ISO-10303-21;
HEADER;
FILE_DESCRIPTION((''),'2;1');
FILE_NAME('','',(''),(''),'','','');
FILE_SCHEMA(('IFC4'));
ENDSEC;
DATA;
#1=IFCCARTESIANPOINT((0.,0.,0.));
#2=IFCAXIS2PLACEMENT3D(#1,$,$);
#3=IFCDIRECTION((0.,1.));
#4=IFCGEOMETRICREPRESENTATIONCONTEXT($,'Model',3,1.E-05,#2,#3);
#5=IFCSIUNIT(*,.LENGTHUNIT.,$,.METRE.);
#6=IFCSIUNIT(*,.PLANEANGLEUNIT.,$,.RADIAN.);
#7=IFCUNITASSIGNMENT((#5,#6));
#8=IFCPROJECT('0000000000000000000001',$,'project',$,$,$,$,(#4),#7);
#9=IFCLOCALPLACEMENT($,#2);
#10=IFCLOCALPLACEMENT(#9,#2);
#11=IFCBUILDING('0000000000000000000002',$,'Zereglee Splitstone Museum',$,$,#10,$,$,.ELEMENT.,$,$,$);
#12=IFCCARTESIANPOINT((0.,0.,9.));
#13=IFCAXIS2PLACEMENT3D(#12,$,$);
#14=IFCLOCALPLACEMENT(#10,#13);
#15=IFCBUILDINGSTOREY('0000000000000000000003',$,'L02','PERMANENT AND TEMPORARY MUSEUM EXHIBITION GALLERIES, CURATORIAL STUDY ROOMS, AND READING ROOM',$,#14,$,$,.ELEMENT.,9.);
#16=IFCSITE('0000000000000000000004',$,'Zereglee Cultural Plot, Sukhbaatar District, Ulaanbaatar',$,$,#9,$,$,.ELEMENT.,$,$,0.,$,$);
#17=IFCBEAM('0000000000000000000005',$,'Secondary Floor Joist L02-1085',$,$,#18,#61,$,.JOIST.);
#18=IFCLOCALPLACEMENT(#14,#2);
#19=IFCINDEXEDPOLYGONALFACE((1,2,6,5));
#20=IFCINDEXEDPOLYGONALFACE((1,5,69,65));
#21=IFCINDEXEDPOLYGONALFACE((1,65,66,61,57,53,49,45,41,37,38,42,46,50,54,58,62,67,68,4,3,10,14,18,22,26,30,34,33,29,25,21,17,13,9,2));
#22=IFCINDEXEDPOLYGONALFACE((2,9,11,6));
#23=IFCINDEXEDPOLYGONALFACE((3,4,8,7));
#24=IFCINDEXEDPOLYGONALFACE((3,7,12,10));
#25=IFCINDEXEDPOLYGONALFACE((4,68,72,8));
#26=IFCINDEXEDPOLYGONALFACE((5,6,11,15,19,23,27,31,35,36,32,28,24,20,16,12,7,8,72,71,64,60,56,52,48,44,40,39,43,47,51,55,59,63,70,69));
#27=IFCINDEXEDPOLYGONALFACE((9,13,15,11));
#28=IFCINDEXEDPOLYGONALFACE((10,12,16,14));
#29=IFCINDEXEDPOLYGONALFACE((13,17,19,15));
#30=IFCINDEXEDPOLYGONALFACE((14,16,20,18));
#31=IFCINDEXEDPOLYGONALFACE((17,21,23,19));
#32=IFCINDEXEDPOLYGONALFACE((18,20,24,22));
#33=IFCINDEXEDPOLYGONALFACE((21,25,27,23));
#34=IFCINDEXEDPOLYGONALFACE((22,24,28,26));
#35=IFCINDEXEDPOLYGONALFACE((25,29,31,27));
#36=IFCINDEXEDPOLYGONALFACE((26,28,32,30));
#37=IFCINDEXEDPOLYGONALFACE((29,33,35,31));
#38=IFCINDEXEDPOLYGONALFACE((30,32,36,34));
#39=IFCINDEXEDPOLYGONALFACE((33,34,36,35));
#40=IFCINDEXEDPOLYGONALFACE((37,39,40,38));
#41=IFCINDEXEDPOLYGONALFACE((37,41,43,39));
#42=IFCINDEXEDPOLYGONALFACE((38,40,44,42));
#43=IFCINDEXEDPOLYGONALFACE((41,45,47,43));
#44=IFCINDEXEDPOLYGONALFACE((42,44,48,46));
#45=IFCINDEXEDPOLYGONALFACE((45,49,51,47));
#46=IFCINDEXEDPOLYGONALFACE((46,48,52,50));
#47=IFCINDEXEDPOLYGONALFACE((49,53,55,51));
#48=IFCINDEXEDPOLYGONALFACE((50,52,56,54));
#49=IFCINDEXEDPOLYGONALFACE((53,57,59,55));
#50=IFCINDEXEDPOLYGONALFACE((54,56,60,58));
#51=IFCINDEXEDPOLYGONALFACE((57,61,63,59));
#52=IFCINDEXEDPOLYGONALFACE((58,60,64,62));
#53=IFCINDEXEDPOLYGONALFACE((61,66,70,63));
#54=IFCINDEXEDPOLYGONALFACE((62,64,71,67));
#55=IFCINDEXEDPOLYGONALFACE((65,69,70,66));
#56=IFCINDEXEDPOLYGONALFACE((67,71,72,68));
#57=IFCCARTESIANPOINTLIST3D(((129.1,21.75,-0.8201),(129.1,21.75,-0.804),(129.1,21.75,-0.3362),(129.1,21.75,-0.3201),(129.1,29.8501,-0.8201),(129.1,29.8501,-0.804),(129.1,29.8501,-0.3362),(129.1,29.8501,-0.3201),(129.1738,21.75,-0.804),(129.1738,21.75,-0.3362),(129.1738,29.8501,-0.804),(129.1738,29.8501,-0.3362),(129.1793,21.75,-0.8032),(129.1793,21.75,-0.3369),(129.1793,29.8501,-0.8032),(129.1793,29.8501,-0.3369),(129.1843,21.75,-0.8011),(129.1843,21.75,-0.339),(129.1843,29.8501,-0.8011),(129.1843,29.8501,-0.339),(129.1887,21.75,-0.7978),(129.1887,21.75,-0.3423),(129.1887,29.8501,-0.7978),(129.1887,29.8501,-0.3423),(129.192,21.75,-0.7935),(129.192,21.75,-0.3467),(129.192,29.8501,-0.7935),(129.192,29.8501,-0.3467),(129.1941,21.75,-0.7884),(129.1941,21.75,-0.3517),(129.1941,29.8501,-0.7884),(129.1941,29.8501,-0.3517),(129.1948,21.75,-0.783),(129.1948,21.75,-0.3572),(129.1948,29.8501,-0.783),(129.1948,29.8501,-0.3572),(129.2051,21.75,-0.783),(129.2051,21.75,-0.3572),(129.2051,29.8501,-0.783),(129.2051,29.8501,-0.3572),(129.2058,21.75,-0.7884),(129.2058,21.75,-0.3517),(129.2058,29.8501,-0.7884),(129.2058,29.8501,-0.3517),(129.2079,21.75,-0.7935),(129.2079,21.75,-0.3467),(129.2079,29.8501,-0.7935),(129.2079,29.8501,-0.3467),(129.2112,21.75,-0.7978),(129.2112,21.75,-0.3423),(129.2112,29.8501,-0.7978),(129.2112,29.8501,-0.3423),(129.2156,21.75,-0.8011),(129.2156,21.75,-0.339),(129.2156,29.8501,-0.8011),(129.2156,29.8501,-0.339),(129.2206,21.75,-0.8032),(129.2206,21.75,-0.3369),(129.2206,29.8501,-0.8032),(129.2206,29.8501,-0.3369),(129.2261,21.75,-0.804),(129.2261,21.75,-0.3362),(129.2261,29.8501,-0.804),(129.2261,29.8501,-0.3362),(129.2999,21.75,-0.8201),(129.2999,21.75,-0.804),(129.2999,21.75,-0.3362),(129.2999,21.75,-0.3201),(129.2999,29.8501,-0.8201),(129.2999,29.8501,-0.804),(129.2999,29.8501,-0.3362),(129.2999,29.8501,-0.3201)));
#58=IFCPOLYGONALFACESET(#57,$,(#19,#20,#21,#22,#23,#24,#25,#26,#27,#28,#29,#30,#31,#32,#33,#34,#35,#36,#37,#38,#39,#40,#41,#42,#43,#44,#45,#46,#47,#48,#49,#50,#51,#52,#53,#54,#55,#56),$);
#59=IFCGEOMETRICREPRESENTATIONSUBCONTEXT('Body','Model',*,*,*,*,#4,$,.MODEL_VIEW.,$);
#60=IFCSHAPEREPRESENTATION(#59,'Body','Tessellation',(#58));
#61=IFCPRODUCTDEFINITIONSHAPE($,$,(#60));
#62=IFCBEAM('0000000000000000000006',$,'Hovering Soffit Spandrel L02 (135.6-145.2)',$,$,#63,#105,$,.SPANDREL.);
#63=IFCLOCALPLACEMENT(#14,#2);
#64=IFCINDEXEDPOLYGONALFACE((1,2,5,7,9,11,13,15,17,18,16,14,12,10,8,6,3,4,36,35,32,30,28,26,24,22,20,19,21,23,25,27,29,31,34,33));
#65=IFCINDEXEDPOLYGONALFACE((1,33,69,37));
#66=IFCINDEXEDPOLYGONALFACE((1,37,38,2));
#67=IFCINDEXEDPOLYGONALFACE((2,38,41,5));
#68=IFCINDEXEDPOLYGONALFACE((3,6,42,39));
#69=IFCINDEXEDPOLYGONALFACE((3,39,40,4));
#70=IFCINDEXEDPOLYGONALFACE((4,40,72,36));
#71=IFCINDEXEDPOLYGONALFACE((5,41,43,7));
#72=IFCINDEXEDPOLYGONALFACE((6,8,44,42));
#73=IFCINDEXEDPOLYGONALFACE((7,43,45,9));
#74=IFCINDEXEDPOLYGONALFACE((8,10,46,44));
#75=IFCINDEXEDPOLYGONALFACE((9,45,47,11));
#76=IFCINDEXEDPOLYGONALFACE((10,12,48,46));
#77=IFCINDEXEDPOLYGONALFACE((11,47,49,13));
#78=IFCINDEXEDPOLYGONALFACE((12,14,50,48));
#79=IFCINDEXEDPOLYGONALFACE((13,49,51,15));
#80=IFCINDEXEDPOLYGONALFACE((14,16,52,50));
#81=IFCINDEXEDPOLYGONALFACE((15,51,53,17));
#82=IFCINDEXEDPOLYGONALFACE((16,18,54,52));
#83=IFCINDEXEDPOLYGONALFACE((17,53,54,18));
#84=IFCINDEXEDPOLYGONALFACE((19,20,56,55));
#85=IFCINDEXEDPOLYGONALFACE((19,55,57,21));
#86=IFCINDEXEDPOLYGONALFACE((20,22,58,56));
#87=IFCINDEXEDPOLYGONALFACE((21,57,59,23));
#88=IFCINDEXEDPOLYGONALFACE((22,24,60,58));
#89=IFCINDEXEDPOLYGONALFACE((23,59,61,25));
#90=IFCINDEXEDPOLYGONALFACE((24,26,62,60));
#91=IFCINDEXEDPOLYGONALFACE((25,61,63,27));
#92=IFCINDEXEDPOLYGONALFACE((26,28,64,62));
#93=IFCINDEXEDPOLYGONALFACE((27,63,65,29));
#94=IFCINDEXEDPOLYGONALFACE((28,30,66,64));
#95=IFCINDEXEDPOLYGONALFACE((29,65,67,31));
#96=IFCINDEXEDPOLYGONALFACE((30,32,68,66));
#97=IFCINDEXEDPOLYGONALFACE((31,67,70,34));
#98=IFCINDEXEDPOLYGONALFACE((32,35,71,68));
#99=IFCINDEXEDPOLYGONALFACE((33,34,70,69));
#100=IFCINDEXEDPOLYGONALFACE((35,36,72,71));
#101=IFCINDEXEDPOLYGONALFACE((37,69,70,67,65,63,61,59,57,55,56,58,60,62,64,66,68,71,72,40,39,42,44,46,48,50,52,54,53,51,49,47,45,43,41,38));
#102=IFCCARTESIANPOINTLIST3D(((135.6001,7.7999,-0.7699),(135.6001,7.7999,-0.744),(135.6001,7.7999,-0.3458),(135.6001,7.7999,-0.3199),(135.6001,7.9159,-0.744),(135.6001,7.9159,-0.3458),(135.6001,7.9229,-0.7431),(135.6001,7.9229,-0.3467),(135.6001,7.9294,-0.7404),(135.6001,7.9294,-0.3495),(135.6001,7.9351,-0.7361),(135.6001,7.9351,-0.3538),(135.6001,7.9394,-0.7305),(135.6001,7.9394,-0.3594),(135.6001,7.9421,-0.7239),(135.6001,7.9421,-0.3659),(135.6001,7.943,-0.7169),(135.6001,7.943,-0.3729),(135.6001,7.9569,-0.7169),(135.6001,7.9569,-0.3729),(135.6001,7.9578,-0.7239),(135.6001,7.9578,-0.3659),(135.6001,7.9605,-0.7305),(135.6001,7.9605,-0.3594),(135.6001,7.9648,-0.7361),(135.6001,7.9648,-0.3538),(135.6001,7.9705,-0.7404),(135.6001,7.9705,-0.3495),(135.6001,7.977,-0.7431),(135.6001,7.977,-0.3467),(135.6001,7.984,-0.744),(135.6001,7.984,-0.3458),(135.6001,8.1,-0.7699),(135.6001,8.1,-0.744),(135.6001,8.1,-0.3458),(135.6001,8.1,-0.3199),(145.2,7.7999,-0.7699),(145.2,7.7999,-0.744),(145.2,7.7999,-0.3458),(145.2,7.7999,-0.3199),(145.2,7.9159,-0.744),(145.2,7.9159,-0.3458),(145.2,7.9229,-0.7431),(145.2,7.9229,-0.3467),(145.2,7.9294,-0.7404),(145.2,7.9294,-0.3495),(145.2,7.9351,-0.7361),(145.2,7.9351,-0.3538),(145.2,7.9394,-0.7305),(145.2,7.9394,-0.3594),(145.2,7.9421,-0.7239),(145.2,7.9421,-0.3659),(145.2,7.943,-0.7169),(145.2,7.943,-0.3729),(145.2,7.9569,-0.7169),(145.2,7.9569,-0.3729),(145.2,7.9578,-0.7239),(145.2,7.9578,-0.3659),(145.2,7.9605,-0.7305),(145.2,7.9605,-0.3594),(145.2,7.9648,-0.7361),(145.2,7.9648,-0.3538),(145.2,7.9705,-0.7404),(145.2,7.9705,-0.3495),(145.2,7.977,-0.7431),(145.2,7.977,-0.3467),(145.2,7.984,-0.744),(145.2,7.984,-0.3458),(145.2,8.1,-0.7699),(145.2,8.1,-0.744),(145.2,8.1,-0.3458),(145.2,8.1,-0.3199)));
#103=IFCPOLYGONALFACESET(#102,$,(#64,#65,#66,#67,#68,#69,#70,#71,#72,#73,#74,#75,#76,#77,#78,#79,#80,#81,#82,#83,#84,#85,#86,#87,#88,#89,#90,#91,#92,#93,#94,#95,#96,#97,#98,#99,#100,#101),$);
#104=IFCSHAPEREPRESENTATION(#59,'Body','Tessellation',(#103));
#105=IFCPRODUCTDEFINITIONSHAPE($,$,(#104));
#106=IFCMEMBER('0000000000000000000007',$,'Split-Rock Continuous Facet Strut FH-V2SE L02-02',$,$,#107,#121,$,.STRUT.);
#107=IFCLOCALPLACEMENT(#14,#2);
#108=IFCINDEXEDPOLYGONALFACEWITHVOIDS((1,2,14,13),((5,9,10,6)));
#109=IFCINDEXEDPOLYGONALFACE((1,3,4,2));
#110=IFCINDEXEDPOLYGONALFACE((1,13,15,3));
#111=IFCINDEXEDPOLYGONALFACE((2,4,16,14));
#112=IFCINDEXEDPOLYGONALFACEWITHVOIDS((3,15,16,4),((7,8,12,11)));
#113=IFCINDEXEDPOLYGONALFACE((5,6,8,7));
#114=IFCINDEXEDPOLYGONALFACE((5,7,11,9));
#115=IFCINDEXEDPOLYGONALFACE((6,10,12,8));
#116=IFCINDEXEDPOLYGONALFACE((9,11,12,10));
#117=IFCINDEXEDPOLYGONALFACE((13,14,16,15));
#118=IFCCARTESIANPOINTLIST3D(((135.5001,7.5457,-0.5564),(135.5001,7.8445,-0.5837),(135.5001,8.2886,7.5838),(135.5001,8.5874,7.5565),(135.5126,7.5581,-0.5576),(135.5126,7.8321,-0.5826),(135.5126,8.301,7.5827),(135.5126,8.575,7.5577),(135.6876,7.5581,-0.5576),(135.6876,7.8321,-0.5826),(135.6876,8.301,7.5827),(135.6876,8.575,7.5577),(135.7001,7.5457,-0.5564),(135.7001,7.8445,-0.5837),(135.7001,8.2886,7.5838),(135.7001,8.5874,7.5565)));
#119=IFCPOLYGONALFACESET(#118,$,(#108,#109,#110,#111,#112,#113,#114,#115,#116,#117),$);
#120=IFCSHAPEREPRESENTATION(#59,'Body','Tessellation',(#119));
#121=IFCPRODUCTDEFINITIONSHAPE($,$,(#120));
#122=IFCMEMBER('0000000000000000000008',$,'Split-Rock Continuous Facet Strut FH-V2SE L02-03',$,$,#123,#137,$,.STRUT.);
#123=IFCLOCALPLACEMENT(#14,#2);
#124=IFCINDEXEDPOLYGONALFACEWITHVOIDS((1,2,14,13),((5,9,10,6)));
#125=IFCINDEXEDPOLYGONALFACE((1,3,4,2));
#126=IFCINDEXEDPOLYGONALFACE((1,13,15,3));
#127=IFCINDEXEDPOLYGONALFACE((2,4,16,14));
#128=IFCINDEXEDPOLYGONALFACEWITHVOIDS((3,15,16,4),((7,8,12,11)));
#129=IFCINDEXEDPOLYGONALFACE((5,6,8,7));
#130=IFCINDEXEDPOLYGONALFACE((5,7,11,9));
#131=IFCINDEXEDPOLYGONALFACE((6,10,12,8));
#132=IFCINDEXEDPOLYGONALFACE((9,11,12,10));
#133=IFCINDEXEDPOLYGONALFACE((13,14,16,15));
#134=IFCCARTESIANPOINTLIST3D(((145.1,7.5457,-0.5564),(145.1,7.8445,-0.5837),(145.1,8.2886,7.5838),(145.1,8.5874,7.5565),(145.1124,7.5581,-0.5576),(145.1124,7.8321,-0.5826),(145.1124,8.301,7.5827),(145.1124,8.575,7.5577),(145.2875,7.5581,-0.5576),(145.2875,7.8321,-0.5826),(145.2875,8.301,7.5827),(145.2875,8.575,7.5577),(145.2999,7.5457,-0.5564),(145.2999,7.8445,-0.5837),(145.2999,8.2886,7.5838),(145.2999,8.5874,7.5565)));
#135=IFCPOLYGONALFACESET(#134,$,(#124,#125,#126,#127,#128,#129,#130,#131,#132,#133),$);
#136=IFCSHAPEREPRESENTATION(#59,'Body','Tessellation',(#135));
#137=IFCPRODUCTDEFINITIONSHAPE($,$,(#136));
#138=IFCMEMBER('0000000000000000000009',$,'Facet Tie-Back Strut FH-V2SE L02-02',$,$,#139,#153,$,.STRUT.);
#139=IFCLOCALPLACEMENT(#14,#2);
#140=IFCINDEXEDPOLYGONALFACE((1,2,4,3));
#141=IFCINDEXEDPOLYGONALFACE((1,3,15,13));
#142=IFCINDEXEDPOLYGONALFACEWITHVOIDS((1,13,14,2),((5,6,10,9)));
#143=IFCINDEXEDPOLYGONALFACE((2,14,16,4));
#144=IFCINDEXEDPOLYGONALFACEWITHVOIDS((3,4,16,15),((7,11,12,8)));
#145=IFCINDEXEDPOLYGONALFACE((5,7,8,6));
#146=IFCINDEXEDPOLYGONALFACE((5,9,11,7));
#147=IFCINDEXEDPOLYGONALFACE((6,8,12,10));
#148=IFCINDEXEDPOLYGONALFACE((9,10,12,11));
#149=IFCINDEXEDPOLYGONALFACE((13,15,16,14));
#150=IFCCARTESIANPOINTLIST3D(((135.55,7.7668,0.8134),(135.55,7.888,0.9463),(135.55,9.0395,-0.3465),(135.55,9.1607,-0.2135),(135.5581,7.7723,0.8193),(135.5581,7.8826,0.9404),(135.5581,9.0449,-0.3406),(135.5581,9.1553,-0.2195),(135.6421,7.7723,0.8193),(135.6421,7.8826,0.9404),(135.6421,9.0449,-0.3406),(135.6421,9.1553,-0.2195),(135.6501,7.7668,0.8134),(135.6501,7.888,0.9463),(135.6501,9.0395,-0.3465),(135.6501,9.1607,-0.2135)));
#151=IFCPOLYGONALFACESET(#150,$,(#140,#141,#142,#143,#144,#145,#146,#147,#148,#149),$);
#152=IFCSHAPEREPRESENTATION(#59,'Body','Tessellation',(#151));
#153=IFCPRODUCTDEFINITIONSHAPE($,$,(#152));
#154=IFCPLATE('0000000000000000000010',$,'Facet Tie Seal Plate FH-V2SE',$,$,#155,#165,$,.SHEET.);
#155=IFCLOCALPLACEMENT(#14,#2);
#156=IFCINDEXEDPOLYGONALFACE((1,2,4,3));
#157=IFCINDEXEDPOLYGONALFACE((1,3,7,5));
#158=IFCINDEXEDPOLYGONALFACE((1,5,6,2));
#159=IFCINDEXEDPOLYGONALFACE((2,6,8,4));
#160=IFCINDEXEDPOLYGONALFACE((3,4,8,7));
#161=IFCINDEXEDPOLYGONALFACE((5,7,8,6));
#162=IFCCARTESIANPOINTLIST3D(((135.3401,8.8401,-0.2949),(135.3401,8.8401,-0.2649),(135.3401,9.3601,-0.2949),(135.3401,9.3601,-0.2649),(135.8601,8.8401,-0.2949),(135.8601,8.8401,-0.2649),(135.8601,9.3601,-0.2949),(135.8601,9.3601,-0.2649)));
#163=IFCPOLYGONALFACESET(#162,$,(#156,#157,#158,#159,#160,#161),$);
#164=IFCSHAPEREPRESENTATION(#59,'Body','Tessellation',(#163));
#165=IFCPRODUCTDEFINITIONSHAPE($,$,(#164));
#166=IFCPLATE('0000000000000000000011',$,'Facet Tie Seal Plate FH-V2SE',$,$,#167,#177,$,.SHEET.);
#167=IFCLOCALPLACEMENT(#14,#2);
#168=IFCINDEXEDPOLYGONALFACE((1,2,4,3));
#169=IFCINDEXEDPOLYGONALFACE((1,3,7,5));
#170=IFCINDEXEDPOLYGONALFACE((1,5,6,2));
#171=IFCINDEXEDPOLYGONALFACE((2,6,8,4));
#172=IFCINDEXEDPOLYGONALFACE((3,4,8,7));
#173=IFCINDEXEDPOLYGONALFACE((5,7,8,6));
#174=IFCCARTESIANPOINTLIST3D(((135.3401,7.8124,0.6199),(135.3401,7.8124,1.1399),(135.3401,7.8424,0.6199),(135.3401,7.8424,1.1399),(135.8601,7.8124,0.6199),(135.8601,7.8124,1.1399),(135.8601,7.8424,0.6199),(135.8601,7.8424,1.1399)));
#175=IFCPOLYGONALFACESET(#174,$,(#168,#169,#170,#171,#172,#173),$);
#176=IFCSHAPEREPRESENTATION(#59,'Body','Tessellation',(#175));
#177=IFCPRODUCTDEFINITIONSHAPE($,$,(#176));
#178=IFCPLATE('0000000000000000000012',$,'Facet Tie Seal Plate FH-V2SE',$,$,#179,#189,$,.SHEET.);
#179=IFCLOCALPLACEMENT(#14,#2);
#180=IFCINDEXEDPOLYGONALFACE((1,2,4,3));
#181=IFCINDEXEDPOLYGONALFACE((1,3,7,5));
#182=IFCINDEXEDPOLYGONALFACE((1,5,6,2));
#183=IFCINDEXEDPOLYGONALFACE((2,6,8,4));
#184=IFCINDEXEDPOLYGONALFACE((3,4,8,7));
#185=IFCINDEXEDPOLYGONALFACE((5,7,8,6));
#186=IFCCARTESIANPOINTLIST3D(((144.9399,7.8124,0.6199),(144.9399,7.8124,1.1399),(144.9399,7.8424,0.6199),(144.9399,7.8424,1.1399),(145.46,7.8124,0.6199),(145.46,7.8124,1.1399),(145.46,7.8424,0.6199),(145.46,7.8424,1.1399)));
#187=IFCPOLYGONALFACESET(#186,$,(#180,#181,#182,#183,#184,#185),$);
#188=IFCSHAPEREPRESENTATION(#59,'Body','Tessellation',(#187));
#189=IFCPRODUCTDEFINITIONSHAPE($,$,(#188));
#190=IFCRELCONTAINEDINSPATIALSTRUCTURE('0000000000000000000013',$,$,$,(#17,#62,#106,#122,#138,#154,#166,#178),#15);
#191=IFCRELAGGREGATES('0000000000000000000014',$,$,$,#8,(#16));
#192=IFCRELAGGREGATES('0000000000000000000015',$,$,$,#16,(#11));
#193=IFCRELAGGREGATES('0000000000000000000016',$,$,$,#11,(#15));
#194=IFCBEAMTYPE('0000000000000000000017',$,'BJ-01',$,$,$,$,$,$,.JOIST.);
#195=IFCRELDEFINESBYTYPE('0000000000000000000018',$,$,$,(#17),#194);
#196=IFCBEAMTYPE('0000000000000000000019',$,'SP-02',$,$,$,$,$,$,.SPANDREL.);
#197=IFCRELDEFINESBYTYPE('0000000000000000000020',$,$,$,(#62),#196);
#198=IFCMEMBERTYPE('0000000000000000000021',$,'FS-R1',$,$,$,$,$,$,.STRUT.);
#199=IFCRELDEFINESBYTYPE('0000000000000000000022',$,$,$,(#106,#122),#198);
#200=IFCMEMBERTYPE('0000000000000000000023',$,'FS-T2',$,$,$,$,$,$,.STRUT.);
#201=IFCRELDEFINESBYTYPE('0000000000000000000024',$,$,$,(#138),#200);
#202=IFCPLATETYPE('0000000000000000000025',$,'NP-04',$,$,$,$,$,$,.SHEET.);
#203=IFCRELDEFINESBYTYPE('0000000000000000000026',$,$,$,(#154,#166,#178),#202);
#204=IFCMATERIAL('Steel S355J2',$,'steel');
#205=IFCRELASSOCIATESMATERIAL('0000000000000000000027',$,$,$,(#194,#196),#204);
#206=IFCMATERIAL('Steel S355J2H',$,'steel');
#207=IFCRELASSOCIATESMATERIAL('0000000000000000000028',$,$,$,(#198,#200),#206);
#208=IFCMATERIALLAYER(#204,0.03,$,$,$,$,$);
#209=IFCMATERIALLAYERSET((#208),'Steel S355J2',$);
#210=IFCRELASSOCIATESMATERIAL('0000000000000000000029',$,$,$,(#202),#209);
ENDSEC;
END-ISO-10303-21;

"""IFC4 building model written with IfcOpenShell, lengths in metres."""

from ifc_helpers import new_model, si_unit, direction, frame, origin, origin_2d, place, context, subcontext, project, spatial, rectangle, hollow_rectangle, i_section, extrude, material, layer, layer_set, material_profile, profile_set, type_object, element, save


model = new_model("IFC4")

# Units and contexts
model_context = context("Model", 3, precision=1e-05, world=origin(), true_north=direction((0.0, 1.0)))
body_context = subcontext(model_context, "Body", "Model", "MODEL_VIEW")
ifc_project = project(units=[si_unit("LENGTHUNIT", "METRE"), si_unit("PLANEANGLEUNIT", "RADIAN")], contexts=[model_context])

# Site, building, storey
site_placement = place(None, origin())
site = spatial("IfcSite", under=ifc_project, at=site_placement, Name="Zereglee Cultural Plot, Sukhbaatar District, Ulaanbaatar", CompositionType="ELEMENT", RefElevation=0.0)
building_placement = place(site_placement, origin())
building = spatial("IfcBuilding", under=site, at=building_placement, Name="Zereglee Splitstone Museum", CompositionType="ELEMENT")
storey_placement = place(building_placement, frame((0.0, 0.0, 9.0)))
storey = spatial("IfcBuildingStorey", under=building, at=storey_placement, Name="L02", Description="PERMANENT AND TEMPORARY MUSEUM EXHIBITION GALLERIES, CURATORIAL STUDY ROOMS, AND READING ROOM", CompositionType="ELEMENT", Elevation=9.0)

# Shared definitions
ifc_material_1 = material(Name="Steel S355J2", Category="steel")

# Beams
ifc_material_profile_1 = material_profile(ifc_material_1, i_section(OverallWidth=0.2, OverallDepth=0.5, WebThickness=0.0103, FlangeThickness=0.0161, FilletRadius=0.021, at=origin_2d()), Name="IPE 500")
ifc_profile_set_1 = profile_set([ifc_material_profile_1], Name="Steel S355J2")
beam_type_1 = type_object("IfcBeamType", Name="BJ-01", PredefinedType="JOIST", material=ifc_profile_set_1)
beam_1_placement = place(storey_placement, frame((129.2, 21.75, -0.5701), z_axis=(0.0, 1.0, 0.0), x_axis=(-1.0, 0.0, 0.0)))
element("IfcBeam", 1, at=beam_1_placement, inside=storey, type_object=beam_type_1, Name="Secondary Floor Joist L02-1085", PredefinedType="JOIST", context=body_context, shape_type="SweptSolid", body=[
    extrude(i_section(OverallWidth=0.2, OverallDepth=0.5, WebThickness=0.0103, FlangeThickness=0.0161, FilletRadius=0.021, at=origin_2d()), origin(), (0.0, 0.0, 1.0), 8.1001),
])
ifc_material_profile_2 = material_profile(ifc_material_1, i_section(OverallWidth=0.3, OverallDepth=0.45, WebThickness=0.0139, FlangeThickness=0.0259, FilletRadius=0.0271, at=origin_2d()), Name="HE 450 B")
ifc_profile_set_2 = profile_set([ifc_material_profile_2], Name="Steel S355J2")
beam_type_2 = type_object("IfcBeamType", Name="SP-02", PredefinedType="SPANDREL", material=ifc_profile_set_2)
beam_2_placement = place(storey_placement, frame((135.6001, 7.95, -0.5449), z_axis=(1.0, 0.0, 0.0), x_axis=(0.0, 1.0, 0.0)))
element("IfcBeam", 2, at=beam_2_placement, inside=storey, type_object=beam_type_2, Name="Hovering Soffit Spandrel L02 (135.6-145.2)", PredefinedType="SPANDREL", context=body_context, shape_type="SweptSolid", body=[
    extrude(i_section(OverallWidth=0.3, OverallDepth=0.45, WebThickness=0.0139, FlangeThickness=0.0259, FilletRadius=0.0271, at=origin_2d()), origin(), (0.0, 0.0, 1.0), 9.5999),
])

# Members
ifc_material_2 = material(Name="Steel S355J2H", Category="steel")
ifc_material_profile_3 = material_profile(ifc_material_2, hollow_rectangle(XDim=0.2, YDim=0.3, WallThickness=0.0125, at=origin_2d()), Name="RHS 300x200x12.5")
ifc_profile_set_3 = profile_set([ifc_material_profile_3], Name="Steel S355J2H")
member_type_1 = type_object("IfcMemberType", Name="FS-R1", PredefinedType="STRUT", material=ifc_profile_set_3)
for number, where, z_axis, x_axis, name in (
    (3, (135.6001, 7.6951, -0.5701), (0.0, 0.090889, 0.995861), (-1.0, 0.0, 0.0), "Split-Rock Continuous Facet Strut FH-V2SE L02-02"),
    (4, (145.2, 7.6951, -0.5701), (0.0, 0.090889, 0.995861), (-1.0, 0.0, 0.0), "Split-Rock Continuous Facet Strut FH-V2SE L02-03"),
):
    element("IfcMember", number, at=place(storey_placement, frame(where, z_axis=z_axis, x_axis=x_axis)), inside=storey, type_object=member_type_1, Name=name, PredefinedType="STRUT", context=body_context, shape_type="SweptSolid", body=[
        extrude(hollow_rectangle(XDim=0.2, YDim=0.3, WallThickness=0.0125, at=origin_2d()), origin(), (0.0, 0.0, 1.0), 8.1741),
    ])
ifc_material_profile_4 = material_profile(ifc_material_2, hollow_rectangle(XDim=0.1001, YDim=0.1799, WallThickness=0.0081, at=origin_2d()), Name="RHS 180x100x8")
ifc_profile_set_4 = profile_set([ifc_material_profile_4], Name="Steel S355J2H")
member_type_2 = type_object("IfcMemberType", Name="FS-T2", PredefinedType="STRUT", material=ifc_profile_set_4)
member_placement = place(storey_placement, frame((135.6001, 9.1001, -0.28), z_axis=(0.0, -0.739099, 0.673597), x_axis=(1.0, 0.0, 0.0)))
element("IfcMember", 5, at=member_placement, inside=storey, type_object=member_type_2, Name="Facet Tie-Back Strut FH-V2SE L02-02", PredefinedType="STRUT", context=body_context, shape_type="SweptSolid", body=[
    extrude(hollow_rectangle(XDim=0.1001, YDim=0.1799, WallThickness=0.0081, at=origin_2d()), origin(), (0.0, 0.0, 1.0), 1.7219),
])

# Plates
ifc_layer_1 = layer(ifc_material_1, 0.03)
ifc_layer_set_1 = layer_set([ifc_layer_1], Name="Steel S355J2")
plate_type_1 = type_object("IfcPlateType", Name="NP-04", PredefinedType="SHEET", material=ifc_layer_set_1)
plate_placement = place(storey_placement, frame((135.6001, 9.1001, -0.2949), z_axis=(0.0, 0.0, 1.0), x_axis=(1.0, 0.0, 0.0)))
element("IfcPlate", 6, at=plate_placement, inside=storey, type_object=plate_type_1, Name="Facet Tie Seal Plate FH-V2SE", PredefinedType="SHEET", context=body_context, shape_type="SweptSolid", body=[
    extrude(rectangle(XDim=0.52, YDim=0.52, at=origin_2d()), origin(), (0.0, 0.0, 1.0), 0.03),
])
for number, where, z_axis, x_axis, name in (
    (7, (135.6001, 7.8274, 0.6199), (0.0, 0.0, 1.0), (1.0, 0.0, 0.0), "Facet Tie Seal Plate FH-V2SE"),
    (8, (145.2, 7.8274, 0.6199), (0.0, 0.0, 1.0), (1.0, 0.0, 0.0), "Facet Tie Seal Plate FH-V2SE"),
):
    element("IfcPlate", number, at=place(storey_placement, frame(where, z_axis=z_axis, x_axis=x_axis)), inside=storey, type_object=plate_type_1, Name=name, PredefinedType="SHEET", context=body_context, shape_type="SweptSolid", body=[
        extrude(rectangle(XDim=0.52, YDim=0.03, at=origin_2d()), origin(), (0.0, 0.0, 1.0), 0.52),
    ])

save(model, "model.ifc")
